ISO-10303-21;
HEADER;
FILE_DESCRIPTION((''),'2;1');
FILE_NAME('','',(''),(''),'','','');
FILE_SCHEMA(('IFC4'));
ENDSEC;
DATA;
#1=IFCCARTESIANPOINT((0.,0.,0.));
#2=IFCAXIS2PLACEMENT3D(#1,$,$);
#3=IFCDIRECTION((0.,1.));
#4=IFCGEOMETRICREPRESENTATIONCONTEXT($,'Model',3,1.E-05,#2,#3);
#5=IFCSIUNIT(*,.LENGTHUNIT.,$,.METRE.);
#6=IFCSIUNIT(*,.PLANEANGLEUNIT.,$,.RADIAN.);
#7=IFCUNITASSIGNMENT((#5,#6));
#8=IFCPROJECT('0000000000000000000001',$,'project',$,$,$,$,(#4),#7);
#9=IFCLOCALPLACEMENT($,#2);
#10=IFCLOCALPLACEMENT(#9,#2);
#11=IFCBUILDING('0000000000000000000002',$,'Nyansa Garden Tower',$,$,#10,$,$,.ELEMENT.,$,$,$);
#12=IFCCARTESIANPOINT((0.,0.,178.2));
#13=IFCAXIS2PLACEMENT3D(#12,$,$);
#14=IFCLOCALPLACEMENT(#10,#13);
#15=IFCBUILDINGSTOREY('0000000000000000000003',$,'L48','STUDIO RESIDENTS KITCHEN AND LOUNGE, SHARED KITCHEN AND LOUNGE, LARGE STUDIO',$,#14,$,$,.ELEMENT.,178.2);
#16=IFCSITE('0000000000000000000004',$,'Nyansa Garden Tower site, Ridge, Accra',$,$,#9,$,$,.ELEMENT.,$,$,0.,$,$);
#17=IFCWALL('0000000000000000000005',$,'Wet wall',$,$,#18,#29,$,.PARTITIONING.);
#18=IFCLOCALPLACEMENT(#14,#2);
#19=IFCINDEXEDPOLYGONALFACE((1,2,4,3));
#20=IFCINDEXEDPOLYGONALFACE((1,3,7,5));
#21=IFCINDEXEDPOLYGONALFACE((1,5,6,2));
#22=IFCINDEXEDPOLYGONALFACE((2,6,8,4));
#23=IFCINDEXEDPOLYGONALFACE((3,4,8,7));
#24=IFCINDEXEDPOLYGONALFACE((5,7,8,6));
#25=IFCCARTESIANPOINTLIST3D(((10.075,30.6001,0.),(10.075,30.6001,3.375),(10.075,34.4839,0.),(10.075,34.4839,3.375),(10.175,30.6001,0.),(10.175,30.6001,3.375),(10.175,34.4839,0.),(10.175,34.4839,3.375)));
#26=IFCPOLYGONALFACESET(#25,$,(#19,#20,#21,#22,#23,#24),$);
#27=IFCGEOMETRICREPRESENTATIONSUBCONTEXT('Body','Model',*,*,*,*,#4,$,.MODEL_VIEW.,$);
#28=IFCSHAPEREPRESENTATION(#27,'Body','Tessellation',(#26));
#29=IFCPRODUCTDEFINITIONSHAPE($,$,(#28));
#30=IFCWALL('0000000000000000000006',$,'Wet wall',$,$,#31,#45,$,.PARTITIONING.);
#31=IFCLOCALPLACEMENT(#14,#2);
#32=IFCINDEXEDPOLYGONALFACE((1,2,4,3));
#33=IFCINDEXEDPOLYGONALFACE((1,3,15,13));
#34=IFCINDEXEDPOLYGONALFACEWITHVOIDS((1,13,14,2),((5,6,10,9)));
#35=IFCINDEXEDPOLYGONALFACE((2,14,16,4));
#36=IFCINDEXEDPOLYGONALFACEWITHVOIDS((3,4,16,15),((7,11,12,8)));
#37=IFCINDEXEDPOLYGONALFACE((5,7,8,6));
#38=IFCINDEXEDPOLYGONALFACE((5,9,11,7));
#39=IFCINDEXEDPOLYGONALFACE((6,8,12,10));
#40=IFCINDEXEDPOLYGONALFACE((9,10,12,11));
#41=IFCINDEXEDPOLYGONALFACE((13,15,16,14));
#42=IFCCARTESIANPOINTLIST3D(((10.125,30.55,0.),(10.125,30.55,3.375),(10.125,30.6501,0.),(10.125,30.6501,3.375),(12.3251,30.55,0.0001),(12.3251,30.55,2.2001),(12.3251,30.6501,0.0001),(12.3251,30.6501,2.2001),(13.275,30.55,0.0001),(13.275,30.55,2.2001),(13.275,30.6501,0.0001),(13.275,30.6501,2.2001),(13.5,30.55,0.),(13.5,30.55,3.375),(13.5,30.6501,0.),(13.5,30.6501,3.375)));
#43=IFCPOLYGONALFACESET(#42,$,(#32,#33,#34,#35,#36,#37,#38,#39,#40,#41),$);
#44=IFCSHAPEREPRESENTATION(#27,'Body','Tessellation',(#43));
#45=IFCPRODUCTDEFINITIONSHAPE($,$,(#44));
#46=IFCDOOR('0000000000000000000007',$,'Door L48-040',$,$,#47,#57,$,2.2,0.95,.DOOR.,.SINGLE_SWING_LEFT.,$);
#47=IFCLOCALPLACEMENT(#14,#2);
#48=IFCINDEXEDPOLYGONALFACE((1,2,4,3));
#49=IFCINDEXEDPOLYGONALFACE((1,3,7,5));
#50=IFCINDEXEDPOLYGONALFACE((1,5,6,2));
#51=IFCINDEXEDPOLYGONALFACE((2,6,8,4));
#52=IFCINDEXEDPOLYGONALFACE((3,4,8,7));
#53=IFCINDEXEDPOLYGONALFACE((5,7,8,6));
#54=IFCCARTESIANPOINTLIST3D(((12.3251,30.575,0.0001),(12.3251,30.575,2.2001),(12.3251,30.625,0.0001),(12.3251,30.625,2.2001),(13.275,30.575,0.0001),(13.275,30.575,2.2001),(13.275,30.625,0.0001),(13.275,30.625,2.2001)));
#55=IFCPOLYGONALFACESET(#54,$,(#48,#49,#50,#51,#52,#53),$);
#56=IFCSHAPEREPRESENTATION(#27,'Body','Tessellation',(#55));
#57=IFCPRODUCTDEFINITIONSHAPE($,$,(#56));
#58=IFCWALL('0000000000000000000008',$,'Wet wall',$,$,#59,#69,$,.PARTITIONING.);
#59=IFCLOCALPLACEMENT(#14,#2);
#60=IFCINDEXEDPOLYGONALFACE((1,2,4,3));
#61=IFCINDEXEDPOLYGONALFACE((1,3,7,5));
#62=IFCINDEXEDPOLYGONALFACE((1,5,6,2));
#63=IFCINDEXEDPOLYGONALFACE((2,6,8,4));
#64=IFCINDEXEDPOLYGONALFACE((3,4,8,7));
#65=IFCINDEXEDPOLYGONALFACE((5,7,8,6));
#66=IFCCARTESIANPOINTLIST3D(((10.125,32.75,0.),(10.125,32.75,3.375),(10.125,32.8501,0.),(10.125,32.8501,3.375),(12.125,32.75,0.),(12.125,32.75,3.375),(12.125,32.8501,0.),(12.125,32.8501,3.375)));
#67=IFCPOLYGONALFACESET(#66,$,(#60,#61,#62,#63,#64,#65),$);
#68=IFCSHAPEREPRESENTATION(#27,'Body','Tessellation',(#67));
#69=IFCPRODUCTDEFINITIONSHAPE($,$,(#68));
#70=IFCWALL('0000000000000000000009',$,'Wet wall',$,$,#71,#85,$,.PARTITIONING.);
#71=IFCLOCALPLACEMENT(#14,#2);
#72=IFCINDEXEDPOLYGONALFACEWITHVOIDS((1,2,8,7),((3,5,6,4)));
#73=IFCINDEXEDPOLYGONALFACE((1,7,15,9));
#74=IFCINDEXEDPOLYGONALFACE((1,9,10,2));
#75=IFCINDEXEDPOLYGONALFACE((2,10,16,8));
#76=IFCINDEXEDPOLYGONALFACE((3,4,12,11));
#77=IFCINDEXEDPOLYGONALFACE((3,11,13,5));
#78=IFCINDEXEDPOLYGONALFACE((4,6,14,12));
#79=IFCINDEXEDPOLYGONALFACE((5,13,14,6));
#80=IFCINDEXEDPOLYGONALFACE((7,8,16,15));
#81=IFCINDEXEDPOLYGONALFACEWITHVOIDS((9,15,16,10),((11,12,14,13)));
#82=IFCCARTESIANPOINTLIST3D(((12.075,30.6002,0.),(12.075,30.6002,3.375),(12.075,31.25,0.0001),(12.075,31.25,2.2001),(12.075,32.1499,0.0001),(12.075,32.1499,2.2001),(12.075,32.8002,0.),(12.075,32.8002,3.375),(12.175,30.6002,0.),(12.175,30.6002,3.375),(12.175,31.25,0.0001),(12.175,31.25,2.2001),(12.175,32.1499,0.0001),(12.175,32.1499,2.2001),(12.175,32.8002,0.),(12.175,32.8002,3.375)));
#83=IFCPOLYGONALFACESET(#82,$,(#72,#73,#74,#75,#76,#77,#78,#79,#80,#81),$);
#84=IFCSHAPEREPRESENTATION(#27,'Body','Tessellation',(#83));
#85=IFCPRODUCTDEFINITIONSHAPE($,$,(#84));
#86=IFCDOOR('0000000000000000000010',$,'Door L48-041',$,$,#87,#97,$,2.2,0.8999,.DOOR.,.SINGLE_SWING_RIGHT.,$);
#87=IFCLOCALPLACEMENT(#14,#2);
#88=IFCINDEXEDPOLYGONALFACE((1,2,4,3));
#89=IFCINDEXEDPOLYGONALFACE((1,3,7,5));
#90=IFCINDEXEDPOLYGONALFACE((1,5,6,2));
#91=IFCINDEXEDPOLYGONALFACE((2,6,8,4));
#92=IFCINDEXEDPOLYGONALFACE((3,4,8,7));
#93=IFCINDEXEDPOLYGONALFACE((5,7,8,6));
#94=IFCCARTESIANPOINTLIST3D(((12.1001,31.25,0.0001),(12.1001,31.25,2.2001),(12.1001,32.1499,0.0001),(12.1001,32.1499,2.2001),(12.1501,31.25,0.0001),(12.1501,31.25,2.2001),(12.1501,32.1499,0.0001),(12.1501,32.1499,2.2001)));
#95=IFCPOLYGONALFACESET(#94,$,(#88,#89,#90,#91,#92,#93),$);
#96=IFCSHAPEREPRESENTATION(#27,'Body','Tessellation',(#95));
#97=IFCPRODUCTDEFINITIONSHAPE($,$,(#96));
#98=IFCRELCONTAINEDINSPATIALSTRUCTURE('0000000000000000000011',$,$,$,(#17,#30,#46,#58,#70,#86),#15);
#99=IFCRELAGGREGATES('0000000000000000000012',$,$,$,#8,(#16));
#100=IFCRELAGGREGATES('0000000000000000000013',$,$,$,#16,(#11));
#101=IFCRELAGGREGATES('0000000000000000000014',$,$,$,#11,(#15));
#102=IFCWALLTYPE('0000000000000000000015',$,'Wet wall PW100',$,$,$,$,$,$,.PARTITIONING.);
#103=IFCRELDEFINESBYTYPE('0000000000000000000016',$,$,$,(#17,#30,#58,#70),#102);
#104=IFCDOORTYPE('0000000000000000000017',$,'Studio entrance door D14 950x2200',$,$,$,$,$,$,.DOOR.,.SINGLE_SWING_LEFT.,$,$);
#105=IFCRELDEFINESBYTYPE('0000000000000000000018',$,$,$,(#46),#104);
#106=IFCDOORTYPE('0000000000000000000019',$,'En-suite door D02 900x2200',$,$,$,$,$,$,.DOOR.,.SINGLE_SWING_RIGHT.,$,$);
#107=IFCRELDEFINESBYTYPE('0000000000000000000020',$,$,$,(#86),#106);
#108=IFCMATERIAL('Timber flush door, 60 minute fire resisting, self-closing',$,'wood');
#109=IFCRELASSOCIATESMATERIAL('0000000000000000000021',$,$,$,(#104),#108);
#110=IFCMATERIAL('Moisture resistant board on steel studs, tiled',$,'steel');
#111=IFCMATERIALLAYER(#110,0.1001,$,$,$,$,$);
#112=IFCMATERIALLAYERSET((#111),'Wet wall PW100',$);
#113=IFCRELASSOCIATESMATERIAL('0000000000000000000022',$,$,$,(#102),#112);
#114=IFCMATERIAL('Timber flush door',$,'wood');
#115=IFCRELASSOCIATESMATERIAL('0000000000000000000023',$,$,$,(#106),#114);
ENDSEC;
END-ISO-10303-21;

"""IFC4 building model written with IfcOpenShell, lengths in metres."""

from ifc_helpers import new_model, si_unit, direction, frame, frame_2d, origin, place, context, subcontext, project, spatial, rectangle, extrude, material, layer, layer_set, type_object, element, fill, save


model = new_model("IFC4")

# Units and contexts
model_context = context("Model", 3, precision=1e-05, world=origin(), true_north=direction((0.0, 1.0)))
body_context = subcontext(model_context, "Body", "Model", "MODEL_VIEW")
ifc_project = project(units=[si_unit("LENGTHUNIT", "METRE"), si_unit("PLANEANGLEUNIT", "RADIAN")], contexts=[model_context])

# Site, building, storey
site_placement = place(None, origin())
site = spatial("IfcSite", under=ifc_project, at=site_placement, Name="Nyansa Garden Tower site, Ridge, Accra", CompositionType="ELEMENT", RefElevation=0.0)
building_placement = place(site_placement, origin())
building = spatial("IfcBuilding", under=site, at=building_placement, Name="Nyansa Garden Tower", CompositionType="ELEMENT")
storey_placement = place(building_placement, frame((0.0, 0.0, 178.2)))
storey = spatial("IfcBuildingStorey", under=building, at=storey_placement, Name="L48", Description="STUDIO RESIDENTS KITCHEN AND LOUNGE, SHARED KITCHEN AND LOUNGE, LARGE STUDIO", CompositionType="ELEMENT", Elevation=178.2)

# Shared definitions
ifc_material_1 = material(Name="Timber flush door, 60 minute fire resisting, self-closing", Category="wood")
door_type_1 = type_object("IfcDoorType", Name="Studio entrance door D14 950x2200", OperationType="SINGLE_SWING_LEFT", PredefinedType="DOOR", material=ifc_material_1)

# Wall
ifc_material_2 = material(Name="Moisture resistant board on steel studs, tiled", Category="steel")
ifc_layer_1 = layer(ifc_material_2, 0.1001)
ifc_layer_set_1 = layer_set([ifc_layer_1], Name="Wet wall PW100")
wall_type_1 = type_object("IfcWallType", Name="Wet wall PW100", PredefinedType="PARTITIONING", material=ifc_layer_set_1)
wall_1_placement = place(storey_placement, frame((10.125, 30.6001, 0.0), z_axis=(0.0, 0.0, 1.0), x_axis=(0.0, 1.0, 0.0)))
element("IfcWall", 1, at=wall_1_placement, inside=storey, type_object=wall_type_1, Name="Wet wall", PredefinedType="PARTITIONING", context=body_context, shape_type="SweptSolid", body=[
    extrude(rectangle(XDim=3.8838, YDim=0.1001, at=frame_2d((1.9419, 0.0))), origin(), (0.0, 0.0, 1.0), 3.375),
])

# Wall, opening, door
wall_2_placement = place(storey_placement, frame((10.125, 30.6001, 0.0), z_axis=(0.0, 0.0, 1.0), x_axis=(1.0, 0.0, 0.0)))
wall_2 = element("IfcWall", 2, at=wall_2_placement, inside=storey, type_object=wall_type_1, Name="Wet wall", PredefinedType="PARTITIONING", context=body_context, shape_type="SweptSolid", body=[
    extrude(rectangle(XDim=3.375, YDim=0.1001, at=frame_2d((1.6875, 0.0))), origin(), (0.0, 0.0, 1.0), 3.375),
])
opening_1_placement = place(wall_2_placement, frame((2.2, 0.0, 0.0)))
opening_1 = element("IfcOpeningElement", 3, at=opening_1_placement, cuts=wall_2, PredefinedType="OPENING", context=body_context, shape_type="SweptSolid", body=[
    extrude(rectangle(XDim=0.95, YDim=2.2, at=frame_2d((0.4751, 1.1001))), frame((0.0, 0.0601, 0.0), z_axis=(0.0, -1.0, 0.0), x_axis=(1.0, 0.0, 0.0)), (0.0, 0.0, 1.0), 0.1201),
])
door_1_placement = place(opening_1_placement, origin())
door_1 = element("IfcDoor", 4, at=door_1_placement, inside=storey, type_object=door_type_1, Name="Door L48-040", OperationType="SINGLE_SWING_LEFT", OverallHeight=2.2, OverallWidth=0.95, PredefinedType="DOOR", context=body_context, shape_type="SweptSolid", body=[
    extrude(rectangle(XDim=0.95, YDim=2.2, at=frame_2d((0.4751, 1.1001))), frame((0.0, 0.0249, 0.0), z_axis=(0.0, -1.0, 0.0), x_axis=(1.0, 0.0, 0.0)), (0.0, 0.0, 1.0), 0.05),
])
fill(opening_1, door_1)

# Wall
wall_3_placement = place(storey_placement, frame((10.125, 32.8, 0.0), z_axis=(0.0, 0.0, 1.0), x_axis=(1.0, 0.0, 0.0)))
element("IfcWall", 5, at=wall_3_placement, inside=storey, type_object=wall_type_1, Name="Wet wall", PredefinedType="PARTITIONING", context=body_context, shape_type="SweptSolid", body=[
    extrude(rectangle(XDim=2.0, YDim=0.1001, at=frame_2d((1.0, 0.0))), origin(), (0.0, 0.0, 1.0), 3.375),
])

# Wall, opening, door
wall_4_placement = place(storey_placement, frame((12.125, 30.6001, 0.0), z_axis=(0.0, 0.0, 1.0), x_axis=(0.0, 1.0, 0.0)))
wall_4 = element("IfcWall", 6, at=wall_4_placement, inside=storey, type_object=wall_type_1, Name="Wet wall", PredefinedType="PARTITIONING", context=body_context, shape_type="SweptSolid", body=[
    extrude(rectangle(XDim=2.2, YDim=0.1001, at=frame_2d((1.1001, 0.0))), origin(), (0.0, 0.0, 1.0), 3.375),
])
opening_2_placement = place(wall_4_placement, frame((0.6499, 0.0, 0.0)))
opening_2 = element("IfcOpeningElement", 7, at=opening_2_placement, cuts=wall_4, PredefinedType="OPENING", context=body_context, shape_type="SweptSolid", body=[
    extrude(rectangle(XDim=0.8999, YDim=2.2, at=frame_2d((0.45, 1.1001))), frame((0.0, 0.0601, 0.0), z_axis=(0.0, -1.0, 0.0), x_axis=(1.0, 0.0, 0.0)), (0.0, 0.0, 1.0), 0.1201),
])
ifc_material_3 = material(Name="Timber flush door", Category="wood")
door_type_2 = type_object("IfcDoorType", Name="En-suite door D02 900x2200", OperationType="SINGLE_SWING_RIGHT", PredefinedType="DOOR", material=ifc_material_3)
door_2_placement = place(opening_2_placement, origin())
door_2 = element("IfcDoor", 8, at=door_2_placement, inside=storey, type_object=door_type_2, Name="Door L48-041", OperationType="SINGLE_SWING_RIGHT", OverallHeight=2.2, OverallWidth=0.8999, PredefinedType="DOOR", context=body_context, shape_type="SweptSolid", body=[
    extrude(rectangle(XDim=0.8999, YDim=2.2, at=frame_2d((0.45, 1.1001))), frame((0.0, 0.0249, 0.0), z_axis=(0.0, -1.0, 0.0), x_axis=(1.0, 0.0, 0.0)), (0.0, 0.0, 1.0), 0.05),
])
fill(opening_2, door_2)

save(model, "model.ifc")
